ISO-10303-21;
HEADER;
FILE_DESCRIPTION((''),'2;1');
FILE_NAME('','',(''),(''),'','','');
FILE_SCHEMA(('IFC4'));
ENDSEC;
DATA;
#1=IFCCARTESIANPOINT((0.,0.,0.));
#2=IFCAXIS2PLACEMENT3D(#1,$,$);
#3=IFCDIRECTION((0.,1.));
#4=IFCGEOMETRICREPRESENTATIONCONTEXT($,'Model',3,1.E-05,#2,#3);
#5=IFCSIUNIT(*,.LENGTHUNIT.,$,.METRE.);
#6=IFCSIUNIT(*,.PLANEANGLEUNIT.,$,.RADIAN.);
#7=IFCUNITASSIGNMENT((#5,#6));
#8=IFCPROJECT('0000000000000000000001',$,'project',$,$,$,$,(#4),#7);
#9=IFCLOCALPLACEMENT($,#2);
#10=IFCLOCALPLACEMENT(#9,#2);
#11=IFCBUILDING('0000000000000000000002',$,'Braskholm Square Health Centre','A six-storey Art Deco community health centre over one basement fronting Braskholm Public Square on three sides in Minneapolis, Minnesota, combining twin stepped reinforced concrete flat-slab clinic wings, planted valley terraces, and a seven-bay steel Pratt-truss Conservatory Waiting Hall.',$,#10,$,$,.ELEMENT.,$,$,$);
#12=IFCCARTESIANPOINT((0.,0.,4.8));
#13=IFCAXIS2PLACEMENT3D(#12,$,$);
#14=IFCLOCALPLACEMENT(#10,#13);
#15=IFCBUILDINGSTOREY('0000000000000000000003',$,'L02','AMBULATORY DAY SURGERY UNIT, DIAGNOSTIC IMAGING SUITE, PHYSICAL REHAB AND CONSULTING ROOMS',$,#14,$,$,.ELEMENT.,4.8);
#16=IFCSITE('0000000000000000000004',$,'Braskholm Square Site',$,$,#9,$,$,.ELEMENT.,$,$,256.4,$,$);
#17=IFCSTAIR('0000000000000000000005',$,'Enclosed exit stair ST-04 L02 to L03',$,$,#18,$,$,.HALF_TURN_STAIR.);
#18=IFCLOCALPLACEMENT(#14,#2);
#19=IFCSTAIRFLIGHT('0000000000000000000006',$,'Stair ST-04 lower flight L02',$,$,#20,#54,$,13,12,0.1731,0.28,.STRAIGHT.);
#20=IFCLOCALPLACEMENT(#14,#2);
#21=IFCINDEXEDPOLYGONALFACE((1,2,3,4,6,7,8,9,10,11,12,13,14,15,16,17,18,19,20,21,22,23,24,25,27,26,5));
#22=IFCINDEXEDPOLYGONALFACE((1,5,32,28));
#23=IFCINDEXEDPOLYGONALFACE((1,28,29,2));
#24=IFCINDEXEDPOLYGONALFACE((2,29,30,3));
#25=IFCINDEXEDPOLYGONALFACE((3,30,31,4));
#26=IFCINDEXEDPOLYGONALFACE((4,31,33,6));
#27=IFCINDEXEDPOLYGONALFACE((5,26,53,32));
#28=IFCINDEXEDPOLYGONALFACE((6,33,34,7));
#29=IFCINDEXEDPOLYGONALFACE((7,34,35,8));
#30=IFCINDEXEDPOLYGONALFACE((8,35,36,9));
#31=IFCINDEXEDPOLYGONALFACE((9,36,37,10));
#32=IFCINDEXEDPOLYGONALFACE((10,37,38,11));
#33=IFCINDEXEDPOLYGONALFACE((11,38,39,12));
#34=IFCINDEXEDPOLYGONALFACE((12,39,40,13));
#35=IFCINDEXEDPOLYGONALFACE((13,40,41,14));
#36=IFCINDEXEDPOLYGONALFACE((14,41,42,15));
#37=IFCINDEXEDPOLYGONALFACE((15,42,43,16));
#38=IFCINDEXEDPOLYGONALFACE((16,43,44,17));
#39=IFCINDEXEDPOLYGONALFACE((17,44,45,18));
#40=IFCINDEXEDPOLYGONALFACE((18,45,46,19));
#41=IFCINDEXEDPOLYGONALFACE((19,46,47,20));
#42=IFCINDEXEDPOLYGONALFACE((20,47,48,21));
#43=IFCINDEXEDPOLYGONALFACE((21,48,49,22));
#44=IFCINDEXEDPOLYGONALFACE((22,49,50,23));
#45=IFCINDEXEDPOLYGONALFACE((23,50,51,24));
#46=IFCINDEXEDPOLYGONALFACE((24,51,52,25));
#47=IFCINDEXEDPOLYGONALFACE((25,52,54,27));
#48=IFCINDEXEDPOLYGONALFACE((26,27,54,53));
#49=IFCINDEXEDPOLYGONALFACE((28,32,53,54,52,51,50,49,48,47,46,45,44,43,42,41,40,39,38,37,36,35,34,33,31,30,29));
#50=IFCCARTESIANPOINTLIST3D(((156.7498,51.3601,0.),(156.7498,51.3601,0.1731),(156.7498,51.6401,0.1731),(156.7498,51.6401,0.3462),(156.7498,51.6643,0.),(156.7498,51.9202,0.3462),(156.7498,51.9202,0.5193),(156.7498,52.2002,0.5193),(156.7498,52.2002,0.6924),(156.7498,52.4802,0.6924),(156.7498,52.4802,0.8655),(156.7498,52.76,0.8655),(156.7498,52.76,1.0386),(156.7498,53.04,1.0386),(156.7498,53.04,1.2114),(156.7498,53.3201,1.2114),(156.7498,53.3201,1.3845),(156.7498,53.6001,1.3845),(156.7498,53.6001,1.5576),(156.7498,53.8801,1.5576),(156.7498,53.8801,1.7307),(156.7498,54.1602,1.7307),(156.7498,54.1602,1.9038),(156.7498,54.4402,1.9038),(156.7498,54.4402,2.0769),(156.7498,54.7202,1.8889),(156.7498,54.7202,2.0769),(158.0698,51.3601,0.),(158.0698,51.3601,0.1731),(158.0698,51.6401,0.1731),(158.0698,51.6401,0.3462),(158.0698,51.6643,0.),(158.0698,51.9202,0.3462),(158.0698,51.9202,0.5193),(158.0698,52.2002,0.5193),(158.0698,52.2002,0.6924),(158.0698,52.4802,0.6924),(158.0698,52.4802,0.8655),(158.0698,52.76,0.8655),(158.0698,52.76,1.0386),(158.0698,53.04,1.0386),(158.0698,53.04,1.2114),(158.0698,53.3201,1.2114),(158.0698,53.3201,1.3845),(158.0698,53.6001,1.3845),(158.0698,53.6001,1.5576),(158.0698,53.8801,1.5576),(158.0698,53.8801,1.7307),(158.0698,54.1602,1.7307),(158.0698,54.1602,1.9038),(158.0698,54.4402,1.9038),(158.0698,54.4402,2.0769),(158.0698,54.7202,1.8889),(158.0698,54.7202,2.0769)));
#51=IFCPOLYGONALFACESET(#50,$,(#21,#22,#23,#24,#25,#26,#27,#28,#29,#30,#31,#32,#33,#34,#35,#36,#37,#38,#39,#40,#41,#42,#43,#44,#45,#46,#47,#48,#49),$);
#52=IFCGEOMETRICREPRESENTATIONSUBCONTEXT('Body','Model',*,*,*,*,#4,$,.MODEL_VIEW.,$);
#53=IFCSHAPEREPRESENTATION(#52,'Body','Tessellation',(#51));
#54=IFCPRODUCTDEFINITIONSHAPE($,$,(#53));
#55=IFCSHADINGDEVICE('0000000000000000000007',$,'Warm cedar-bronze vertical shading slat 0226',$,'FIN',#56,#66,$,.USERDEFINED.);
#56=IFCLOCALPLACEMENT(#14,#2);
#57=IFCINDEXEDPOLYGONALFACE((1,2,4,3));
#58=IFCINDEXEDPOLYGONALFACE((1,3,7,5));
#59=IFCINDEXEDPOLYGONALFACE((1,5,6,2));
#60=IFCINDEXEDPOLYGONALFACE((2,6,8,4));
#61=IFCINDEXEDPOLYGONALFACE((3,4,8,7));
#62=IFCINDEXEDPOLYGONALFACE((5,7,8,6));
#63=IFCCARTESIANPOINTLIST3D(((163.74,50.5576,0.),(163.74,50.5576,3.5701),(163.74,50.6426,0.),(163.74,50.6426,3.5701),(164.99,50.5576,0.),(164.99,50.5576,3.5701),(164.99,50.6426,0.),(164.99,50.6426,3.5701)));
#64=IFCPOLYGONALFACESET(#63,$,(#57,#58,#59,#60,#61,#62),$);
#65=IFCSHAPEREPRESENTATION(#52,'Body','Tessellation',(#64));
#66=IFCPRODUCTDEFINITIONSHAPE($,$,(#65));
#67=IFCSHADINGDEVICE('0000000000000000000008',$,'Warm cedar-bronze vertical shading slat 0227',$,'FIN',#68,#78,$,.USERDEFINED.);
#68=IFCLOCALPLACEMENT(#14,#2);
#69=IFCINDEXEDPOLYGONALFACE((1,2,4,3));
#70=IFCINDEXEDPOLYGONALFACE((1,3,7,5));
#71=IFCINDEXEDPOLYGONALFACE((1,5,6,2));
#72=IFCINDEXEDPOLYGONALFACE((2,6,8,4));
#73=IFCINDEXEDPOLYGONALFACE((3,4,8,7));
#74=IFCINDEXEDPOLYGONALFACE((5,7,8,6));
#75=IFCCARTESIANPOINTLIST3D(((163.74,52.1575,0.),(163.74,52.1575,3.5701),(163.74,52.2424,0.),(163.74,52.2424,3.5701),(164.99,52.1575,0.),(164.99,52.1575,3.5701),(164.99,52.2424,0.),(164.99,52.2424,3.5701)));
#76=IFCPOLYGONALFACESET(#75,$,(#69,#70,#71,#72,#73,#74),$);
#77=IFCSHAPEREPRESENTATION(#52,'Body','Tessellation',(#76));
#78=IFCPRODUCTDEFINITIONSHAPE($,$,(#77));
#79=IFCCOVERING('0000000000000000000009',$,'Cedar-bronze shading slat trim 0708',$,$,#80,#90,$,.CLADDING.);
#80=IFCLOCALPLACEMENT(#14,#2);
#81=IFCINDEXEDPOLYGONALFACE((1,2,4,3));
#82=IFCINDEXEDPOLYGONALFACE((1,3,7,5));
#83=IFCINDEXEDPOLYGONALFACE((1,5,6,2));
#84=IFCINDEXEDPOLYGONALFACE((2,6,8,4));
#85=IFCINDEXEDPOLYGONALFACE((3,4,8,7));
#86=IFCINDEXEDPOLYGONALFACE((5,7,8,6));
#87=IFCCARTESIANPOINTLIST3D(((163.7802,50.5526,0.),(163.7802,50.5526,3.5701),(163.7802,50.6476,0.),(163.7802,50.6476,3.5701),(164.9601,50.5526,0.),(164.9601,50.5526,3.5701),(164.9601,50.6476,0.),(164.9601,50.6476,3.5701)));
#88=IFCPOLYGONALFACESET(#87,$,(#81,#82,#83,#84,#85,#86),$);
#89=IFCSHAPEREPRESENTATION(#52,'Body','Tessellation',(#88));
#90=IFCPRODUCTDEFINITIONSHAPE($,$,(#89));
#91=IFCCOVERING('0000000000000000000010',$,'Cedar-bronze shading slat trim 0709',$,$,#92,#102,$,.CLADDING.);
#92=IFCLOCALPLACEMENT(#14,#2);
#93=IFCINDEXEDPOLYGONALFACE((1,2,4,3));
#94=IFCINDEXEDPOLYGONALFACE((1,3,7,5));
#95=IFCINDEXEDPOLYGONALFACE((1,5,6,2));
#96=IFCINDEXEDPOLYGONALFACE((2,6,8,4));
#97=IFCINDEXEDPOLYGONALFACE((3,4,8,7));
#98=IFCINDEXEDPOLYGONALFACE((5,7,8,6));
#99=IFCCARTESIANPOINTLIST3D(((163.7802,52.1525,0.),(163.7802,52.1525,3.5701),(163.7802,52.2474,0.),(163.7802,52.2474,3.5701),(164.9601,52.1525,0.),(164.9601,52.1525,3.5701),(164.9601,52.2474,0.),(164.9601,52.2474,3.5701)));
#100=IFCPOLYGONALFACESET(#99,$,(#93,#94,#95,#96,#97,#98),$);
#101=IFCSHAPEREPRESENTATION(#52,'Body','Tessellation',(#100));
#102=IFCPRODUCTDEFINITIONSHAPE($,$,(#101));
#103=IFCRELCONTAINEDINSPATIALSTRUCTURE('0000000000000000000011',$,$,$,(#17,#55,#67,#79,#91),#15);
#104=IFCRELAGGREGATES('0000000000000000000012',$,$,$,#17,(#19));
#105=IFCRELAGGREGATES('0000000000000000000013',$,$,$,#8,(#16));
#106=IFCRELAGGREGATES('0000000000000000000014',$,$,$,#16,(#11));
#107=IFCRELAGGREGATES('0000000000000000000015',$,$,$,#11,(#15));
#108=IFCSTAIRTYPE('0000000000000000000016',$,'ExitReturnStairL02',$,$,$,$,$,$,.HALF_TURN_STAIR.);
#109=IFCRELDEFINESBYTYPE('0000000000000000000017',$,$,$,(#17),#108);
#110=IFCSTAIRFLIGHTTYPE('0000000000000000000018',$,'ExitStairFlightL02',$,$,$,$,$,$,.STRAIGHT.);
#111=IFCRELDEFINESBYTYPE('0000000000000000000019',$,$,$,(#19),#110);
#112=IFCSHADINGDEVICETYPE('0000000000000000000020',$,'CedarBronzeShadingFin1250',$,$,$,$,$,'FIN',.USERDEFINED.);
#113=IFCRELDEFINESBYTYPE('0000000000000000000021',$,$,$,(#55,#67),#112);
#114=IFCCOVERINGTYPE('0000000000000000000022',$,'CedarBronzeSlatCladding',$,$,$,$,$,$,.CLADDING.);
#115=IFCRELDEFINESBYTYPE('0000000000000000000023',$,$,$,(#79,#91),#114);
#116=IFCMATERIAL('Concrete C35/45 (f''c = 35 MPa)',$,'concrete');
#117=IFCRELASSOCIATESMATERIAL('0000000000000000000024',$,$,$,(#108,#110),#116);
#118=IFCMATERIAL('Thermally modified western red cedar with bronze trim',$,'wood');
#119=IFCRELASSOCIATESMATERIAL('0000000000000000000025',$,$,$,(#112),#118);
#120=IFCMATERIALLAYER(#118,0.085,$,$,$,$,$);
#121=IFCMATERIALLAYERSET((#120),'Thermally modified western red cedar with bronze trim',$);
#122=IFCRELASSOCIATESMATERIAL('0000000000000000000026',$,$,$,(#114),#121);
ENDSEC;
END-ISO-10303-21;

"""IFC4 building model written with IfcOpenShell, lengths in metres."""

from ifc_helpers import new_model, si_unit, direction, frame, origin, origin_2d, place, context, subcontext, project, spatial, polyline, rectangle, outline, extrude, material, layer, layer_set, type_object, element, aggregate, save


model = new_model("IFC4")

# Units and contexts
model_context = context("Model", 3, precision=1e-05, world=origin(), true_north=direction((0.0, 1.0)))
body_context = subcontext(model_context, "Body", "Model", "MODEL_VIEW")
ifc_project = project(units=[si_unit("LENGTHUNIT", "METRE"), si_unit("PLANEANGLEUNIT", "RADIAN")], contexts=[model_context])

# Site, building, storey
site_placement = place(None, origin())
site = spatial("IfcSite", under=ifc_project, at=site_placement, Name="Braskholm Square Site", CompositionType="ELEMENT", RefElevation=256.4)
building_placement = place(site_placement, origin())
building = spatial("IfcBuilding", under=site, at=building_placement, Name="Braskholm Square Health Centre", Description="A six-storey Art Deco community health centre over one basement fronting Braskholm Public Square on three sides in Minneapolis, Minnesota, combining twin stepped reinforced concrete flat-slab clinic wings, planted valley terraces, and a seven-bay steel Pratt-truss Conservatory Waiting Hall.", CompositionType="ELEMENT")
storey_placement = place(building_placement, frame((0.0, 0.0, 4.8)))
storey = spatial("IfcBuildingStorey", under=building, at=storey_placement, Name="L02", Description="AMBULATORY DAY SURGERY UNIT, DIAGNOSTIC IMAGING SUITE, PHYSICAL REHAB AND CONSULTING ROOMS", CompositionType="ELEMENT", Elevation=4.8)

# Stair, stair flight
ifc_material_1 = material(Name="Concrete C35/45 (f'c = 35 MPa)", Category="concrete")
stair_type = type_object("IfcStairType", Name="ExitReturnStairL02", PredefinedType="HALF_TURN_STAIR", material=ifc_material_1)
stair_placement = place(storey_placement, origin())
stair = element("IfcStair", 1, at=stair_placement, inside=storey, type_object=stair_type, Name="Enclosed exit stair ST-04 L02 to L03", PredefinedType="HALF_TURN_STAIR")
stair_flight_type = type_object("IfcStairFlightType", Name="ExitStairFlightL02", PredefinedType="STRAIGHT", material=ifc_material_1)
stair_flight_placement = place(storey_placement, frame((157.4099, 51.3601, 0.0), z_axis=(0.0, 0.0, 1.0), x_axis=(0.0, 1.0, 0.0)))
stair_flight = element("IfcStairFlight", 2, at=stair_flight_placement, type_object=stair_flight_type, Name="Stair ST-04 lower flight L02", NumberOfRisers=13, NumberOfTreads=12, PredefinedType="STRAIGHT", RiserHeight=0.1731, TreadLength=0.28, context=body_context, shape_type="SweptSolid", body=[
    extrude(outline(polyline([(0.0, 0.0), (0.0, 0.1731), (0.28, 0.1731), (0.28, 0.3462), (0.5601, 0.3462), (0.5601, 0.5193), (0.8401, 0.5193), (0.8401, 0.6924), (1.1201, 0.6924), (1.1201, 0.8655), (1.3999, 0.8655), (1.3999, 1.0386), (1.6799, 1.0386), (1.6799, 1.2114), (1.96, 1.2114), (1.96, 1.3845), (2.24, 1.3845), (2.24, 1.5576), (2.52, 1.5576), (2.52, 1.7307), (2.8, 1.7307), (2.8, 1.9038), (3.0801, 1.9038), (3.0801, 2.0769), (3.3601, 2.0769), (3.3601, 2.25), (3.3601, 1.8889), (0.3042, 0.0), (0.0, 0.0)])), frame((0.0, 0.6602, 0.0), z_axis=(0.0, -1.0, 0.0), x_axis=(1.0, 0.0, 0.0)), (0.0, 0.0, 1.0), 1.3201),
])
aggregate(stair, [stair_flight])

# Shading devices
ifc_material_2 = material(Name="Thermally modified western red cedar with bronze trim", Category="wood")
shading_device_type = type_object("IfcShadingDeviceType", Name="CedarBronzeShadingFin1250", ElementType="FIN", PredefinedType="USERDEFINED", material=ifc_material_2)
for number, where, z_axis, x_axis, name in (
    (3, (164.365, 50.6001, 0.0), (0.0, 0.0, 1.0), (1.0, 0.0, 0.0), "Warm cedar-bronze vertical shading slat 0226"),
    (4, (164.365, 52.2, 0.0), (0.0, 0.0, 1.0), (1.0, 0.0, 0.0), "Warm cedar-bronze vertical shading slat 0227"),
):
    element("IfcShadingDevice", number, at=place(storey_placement, frame(where, z_axis=z_axis, x_axis=x_axis)), inside=storey, type_object=shading_device_type, Name=name, ObjectType="FIN", PredefinedType="USERDEFINED", context=body_context, shape_type="SweptSolid", body=[
        extrude(rectangle(XDim=1.25, YDim=0.085, at=origin_2d()), origin(), (0.0, 0.0, 1.0), 3.5701),
    ])

# Coverings
ifc_layer_1 = layer(ifc_material_2, 0.085)
ifc_layer_set_1 = layer_set([ifc_layer_1], Name="Thermally modified western red cedar with bronze trim")
covering_type = type_object("IfcCoveringType", Name="CedarBronzeSlatCladding", PredefinedType="CLADDING", material=ifc_layer_set_1)
for number, where, z_axis, x_axis, name in (
    (5, (164.3701, 50.6001, 0.0), (0.0, 0.0, 1.0), (1.0, 0.0, 0.0), "Cedar-bronze shading slat trim 0708"),
    (6, (164.3701, 52.2, 0.0), (0.0, 0.0, 1.0), (1.0, 0.0, 0.0), "Cedar-bronze shading slat trim 0709"),
):
    element("IfcCovering", number, at=place(storey_placement, frame(where, z_axis=z_axis, x_axis=x_axis)), inside=storey, type_object=covering_type, Name=name, PredefinedType="CLADDING", context=body_context, shape_type="SweptSolid", body=[
        extrude(rectangle(XDim=1.1799, YDim=0.095, at=origin_2d()), origin(), (0.0, 0.0, 1.0), 3.5701),
    ])

save(model, "model.ifc")
